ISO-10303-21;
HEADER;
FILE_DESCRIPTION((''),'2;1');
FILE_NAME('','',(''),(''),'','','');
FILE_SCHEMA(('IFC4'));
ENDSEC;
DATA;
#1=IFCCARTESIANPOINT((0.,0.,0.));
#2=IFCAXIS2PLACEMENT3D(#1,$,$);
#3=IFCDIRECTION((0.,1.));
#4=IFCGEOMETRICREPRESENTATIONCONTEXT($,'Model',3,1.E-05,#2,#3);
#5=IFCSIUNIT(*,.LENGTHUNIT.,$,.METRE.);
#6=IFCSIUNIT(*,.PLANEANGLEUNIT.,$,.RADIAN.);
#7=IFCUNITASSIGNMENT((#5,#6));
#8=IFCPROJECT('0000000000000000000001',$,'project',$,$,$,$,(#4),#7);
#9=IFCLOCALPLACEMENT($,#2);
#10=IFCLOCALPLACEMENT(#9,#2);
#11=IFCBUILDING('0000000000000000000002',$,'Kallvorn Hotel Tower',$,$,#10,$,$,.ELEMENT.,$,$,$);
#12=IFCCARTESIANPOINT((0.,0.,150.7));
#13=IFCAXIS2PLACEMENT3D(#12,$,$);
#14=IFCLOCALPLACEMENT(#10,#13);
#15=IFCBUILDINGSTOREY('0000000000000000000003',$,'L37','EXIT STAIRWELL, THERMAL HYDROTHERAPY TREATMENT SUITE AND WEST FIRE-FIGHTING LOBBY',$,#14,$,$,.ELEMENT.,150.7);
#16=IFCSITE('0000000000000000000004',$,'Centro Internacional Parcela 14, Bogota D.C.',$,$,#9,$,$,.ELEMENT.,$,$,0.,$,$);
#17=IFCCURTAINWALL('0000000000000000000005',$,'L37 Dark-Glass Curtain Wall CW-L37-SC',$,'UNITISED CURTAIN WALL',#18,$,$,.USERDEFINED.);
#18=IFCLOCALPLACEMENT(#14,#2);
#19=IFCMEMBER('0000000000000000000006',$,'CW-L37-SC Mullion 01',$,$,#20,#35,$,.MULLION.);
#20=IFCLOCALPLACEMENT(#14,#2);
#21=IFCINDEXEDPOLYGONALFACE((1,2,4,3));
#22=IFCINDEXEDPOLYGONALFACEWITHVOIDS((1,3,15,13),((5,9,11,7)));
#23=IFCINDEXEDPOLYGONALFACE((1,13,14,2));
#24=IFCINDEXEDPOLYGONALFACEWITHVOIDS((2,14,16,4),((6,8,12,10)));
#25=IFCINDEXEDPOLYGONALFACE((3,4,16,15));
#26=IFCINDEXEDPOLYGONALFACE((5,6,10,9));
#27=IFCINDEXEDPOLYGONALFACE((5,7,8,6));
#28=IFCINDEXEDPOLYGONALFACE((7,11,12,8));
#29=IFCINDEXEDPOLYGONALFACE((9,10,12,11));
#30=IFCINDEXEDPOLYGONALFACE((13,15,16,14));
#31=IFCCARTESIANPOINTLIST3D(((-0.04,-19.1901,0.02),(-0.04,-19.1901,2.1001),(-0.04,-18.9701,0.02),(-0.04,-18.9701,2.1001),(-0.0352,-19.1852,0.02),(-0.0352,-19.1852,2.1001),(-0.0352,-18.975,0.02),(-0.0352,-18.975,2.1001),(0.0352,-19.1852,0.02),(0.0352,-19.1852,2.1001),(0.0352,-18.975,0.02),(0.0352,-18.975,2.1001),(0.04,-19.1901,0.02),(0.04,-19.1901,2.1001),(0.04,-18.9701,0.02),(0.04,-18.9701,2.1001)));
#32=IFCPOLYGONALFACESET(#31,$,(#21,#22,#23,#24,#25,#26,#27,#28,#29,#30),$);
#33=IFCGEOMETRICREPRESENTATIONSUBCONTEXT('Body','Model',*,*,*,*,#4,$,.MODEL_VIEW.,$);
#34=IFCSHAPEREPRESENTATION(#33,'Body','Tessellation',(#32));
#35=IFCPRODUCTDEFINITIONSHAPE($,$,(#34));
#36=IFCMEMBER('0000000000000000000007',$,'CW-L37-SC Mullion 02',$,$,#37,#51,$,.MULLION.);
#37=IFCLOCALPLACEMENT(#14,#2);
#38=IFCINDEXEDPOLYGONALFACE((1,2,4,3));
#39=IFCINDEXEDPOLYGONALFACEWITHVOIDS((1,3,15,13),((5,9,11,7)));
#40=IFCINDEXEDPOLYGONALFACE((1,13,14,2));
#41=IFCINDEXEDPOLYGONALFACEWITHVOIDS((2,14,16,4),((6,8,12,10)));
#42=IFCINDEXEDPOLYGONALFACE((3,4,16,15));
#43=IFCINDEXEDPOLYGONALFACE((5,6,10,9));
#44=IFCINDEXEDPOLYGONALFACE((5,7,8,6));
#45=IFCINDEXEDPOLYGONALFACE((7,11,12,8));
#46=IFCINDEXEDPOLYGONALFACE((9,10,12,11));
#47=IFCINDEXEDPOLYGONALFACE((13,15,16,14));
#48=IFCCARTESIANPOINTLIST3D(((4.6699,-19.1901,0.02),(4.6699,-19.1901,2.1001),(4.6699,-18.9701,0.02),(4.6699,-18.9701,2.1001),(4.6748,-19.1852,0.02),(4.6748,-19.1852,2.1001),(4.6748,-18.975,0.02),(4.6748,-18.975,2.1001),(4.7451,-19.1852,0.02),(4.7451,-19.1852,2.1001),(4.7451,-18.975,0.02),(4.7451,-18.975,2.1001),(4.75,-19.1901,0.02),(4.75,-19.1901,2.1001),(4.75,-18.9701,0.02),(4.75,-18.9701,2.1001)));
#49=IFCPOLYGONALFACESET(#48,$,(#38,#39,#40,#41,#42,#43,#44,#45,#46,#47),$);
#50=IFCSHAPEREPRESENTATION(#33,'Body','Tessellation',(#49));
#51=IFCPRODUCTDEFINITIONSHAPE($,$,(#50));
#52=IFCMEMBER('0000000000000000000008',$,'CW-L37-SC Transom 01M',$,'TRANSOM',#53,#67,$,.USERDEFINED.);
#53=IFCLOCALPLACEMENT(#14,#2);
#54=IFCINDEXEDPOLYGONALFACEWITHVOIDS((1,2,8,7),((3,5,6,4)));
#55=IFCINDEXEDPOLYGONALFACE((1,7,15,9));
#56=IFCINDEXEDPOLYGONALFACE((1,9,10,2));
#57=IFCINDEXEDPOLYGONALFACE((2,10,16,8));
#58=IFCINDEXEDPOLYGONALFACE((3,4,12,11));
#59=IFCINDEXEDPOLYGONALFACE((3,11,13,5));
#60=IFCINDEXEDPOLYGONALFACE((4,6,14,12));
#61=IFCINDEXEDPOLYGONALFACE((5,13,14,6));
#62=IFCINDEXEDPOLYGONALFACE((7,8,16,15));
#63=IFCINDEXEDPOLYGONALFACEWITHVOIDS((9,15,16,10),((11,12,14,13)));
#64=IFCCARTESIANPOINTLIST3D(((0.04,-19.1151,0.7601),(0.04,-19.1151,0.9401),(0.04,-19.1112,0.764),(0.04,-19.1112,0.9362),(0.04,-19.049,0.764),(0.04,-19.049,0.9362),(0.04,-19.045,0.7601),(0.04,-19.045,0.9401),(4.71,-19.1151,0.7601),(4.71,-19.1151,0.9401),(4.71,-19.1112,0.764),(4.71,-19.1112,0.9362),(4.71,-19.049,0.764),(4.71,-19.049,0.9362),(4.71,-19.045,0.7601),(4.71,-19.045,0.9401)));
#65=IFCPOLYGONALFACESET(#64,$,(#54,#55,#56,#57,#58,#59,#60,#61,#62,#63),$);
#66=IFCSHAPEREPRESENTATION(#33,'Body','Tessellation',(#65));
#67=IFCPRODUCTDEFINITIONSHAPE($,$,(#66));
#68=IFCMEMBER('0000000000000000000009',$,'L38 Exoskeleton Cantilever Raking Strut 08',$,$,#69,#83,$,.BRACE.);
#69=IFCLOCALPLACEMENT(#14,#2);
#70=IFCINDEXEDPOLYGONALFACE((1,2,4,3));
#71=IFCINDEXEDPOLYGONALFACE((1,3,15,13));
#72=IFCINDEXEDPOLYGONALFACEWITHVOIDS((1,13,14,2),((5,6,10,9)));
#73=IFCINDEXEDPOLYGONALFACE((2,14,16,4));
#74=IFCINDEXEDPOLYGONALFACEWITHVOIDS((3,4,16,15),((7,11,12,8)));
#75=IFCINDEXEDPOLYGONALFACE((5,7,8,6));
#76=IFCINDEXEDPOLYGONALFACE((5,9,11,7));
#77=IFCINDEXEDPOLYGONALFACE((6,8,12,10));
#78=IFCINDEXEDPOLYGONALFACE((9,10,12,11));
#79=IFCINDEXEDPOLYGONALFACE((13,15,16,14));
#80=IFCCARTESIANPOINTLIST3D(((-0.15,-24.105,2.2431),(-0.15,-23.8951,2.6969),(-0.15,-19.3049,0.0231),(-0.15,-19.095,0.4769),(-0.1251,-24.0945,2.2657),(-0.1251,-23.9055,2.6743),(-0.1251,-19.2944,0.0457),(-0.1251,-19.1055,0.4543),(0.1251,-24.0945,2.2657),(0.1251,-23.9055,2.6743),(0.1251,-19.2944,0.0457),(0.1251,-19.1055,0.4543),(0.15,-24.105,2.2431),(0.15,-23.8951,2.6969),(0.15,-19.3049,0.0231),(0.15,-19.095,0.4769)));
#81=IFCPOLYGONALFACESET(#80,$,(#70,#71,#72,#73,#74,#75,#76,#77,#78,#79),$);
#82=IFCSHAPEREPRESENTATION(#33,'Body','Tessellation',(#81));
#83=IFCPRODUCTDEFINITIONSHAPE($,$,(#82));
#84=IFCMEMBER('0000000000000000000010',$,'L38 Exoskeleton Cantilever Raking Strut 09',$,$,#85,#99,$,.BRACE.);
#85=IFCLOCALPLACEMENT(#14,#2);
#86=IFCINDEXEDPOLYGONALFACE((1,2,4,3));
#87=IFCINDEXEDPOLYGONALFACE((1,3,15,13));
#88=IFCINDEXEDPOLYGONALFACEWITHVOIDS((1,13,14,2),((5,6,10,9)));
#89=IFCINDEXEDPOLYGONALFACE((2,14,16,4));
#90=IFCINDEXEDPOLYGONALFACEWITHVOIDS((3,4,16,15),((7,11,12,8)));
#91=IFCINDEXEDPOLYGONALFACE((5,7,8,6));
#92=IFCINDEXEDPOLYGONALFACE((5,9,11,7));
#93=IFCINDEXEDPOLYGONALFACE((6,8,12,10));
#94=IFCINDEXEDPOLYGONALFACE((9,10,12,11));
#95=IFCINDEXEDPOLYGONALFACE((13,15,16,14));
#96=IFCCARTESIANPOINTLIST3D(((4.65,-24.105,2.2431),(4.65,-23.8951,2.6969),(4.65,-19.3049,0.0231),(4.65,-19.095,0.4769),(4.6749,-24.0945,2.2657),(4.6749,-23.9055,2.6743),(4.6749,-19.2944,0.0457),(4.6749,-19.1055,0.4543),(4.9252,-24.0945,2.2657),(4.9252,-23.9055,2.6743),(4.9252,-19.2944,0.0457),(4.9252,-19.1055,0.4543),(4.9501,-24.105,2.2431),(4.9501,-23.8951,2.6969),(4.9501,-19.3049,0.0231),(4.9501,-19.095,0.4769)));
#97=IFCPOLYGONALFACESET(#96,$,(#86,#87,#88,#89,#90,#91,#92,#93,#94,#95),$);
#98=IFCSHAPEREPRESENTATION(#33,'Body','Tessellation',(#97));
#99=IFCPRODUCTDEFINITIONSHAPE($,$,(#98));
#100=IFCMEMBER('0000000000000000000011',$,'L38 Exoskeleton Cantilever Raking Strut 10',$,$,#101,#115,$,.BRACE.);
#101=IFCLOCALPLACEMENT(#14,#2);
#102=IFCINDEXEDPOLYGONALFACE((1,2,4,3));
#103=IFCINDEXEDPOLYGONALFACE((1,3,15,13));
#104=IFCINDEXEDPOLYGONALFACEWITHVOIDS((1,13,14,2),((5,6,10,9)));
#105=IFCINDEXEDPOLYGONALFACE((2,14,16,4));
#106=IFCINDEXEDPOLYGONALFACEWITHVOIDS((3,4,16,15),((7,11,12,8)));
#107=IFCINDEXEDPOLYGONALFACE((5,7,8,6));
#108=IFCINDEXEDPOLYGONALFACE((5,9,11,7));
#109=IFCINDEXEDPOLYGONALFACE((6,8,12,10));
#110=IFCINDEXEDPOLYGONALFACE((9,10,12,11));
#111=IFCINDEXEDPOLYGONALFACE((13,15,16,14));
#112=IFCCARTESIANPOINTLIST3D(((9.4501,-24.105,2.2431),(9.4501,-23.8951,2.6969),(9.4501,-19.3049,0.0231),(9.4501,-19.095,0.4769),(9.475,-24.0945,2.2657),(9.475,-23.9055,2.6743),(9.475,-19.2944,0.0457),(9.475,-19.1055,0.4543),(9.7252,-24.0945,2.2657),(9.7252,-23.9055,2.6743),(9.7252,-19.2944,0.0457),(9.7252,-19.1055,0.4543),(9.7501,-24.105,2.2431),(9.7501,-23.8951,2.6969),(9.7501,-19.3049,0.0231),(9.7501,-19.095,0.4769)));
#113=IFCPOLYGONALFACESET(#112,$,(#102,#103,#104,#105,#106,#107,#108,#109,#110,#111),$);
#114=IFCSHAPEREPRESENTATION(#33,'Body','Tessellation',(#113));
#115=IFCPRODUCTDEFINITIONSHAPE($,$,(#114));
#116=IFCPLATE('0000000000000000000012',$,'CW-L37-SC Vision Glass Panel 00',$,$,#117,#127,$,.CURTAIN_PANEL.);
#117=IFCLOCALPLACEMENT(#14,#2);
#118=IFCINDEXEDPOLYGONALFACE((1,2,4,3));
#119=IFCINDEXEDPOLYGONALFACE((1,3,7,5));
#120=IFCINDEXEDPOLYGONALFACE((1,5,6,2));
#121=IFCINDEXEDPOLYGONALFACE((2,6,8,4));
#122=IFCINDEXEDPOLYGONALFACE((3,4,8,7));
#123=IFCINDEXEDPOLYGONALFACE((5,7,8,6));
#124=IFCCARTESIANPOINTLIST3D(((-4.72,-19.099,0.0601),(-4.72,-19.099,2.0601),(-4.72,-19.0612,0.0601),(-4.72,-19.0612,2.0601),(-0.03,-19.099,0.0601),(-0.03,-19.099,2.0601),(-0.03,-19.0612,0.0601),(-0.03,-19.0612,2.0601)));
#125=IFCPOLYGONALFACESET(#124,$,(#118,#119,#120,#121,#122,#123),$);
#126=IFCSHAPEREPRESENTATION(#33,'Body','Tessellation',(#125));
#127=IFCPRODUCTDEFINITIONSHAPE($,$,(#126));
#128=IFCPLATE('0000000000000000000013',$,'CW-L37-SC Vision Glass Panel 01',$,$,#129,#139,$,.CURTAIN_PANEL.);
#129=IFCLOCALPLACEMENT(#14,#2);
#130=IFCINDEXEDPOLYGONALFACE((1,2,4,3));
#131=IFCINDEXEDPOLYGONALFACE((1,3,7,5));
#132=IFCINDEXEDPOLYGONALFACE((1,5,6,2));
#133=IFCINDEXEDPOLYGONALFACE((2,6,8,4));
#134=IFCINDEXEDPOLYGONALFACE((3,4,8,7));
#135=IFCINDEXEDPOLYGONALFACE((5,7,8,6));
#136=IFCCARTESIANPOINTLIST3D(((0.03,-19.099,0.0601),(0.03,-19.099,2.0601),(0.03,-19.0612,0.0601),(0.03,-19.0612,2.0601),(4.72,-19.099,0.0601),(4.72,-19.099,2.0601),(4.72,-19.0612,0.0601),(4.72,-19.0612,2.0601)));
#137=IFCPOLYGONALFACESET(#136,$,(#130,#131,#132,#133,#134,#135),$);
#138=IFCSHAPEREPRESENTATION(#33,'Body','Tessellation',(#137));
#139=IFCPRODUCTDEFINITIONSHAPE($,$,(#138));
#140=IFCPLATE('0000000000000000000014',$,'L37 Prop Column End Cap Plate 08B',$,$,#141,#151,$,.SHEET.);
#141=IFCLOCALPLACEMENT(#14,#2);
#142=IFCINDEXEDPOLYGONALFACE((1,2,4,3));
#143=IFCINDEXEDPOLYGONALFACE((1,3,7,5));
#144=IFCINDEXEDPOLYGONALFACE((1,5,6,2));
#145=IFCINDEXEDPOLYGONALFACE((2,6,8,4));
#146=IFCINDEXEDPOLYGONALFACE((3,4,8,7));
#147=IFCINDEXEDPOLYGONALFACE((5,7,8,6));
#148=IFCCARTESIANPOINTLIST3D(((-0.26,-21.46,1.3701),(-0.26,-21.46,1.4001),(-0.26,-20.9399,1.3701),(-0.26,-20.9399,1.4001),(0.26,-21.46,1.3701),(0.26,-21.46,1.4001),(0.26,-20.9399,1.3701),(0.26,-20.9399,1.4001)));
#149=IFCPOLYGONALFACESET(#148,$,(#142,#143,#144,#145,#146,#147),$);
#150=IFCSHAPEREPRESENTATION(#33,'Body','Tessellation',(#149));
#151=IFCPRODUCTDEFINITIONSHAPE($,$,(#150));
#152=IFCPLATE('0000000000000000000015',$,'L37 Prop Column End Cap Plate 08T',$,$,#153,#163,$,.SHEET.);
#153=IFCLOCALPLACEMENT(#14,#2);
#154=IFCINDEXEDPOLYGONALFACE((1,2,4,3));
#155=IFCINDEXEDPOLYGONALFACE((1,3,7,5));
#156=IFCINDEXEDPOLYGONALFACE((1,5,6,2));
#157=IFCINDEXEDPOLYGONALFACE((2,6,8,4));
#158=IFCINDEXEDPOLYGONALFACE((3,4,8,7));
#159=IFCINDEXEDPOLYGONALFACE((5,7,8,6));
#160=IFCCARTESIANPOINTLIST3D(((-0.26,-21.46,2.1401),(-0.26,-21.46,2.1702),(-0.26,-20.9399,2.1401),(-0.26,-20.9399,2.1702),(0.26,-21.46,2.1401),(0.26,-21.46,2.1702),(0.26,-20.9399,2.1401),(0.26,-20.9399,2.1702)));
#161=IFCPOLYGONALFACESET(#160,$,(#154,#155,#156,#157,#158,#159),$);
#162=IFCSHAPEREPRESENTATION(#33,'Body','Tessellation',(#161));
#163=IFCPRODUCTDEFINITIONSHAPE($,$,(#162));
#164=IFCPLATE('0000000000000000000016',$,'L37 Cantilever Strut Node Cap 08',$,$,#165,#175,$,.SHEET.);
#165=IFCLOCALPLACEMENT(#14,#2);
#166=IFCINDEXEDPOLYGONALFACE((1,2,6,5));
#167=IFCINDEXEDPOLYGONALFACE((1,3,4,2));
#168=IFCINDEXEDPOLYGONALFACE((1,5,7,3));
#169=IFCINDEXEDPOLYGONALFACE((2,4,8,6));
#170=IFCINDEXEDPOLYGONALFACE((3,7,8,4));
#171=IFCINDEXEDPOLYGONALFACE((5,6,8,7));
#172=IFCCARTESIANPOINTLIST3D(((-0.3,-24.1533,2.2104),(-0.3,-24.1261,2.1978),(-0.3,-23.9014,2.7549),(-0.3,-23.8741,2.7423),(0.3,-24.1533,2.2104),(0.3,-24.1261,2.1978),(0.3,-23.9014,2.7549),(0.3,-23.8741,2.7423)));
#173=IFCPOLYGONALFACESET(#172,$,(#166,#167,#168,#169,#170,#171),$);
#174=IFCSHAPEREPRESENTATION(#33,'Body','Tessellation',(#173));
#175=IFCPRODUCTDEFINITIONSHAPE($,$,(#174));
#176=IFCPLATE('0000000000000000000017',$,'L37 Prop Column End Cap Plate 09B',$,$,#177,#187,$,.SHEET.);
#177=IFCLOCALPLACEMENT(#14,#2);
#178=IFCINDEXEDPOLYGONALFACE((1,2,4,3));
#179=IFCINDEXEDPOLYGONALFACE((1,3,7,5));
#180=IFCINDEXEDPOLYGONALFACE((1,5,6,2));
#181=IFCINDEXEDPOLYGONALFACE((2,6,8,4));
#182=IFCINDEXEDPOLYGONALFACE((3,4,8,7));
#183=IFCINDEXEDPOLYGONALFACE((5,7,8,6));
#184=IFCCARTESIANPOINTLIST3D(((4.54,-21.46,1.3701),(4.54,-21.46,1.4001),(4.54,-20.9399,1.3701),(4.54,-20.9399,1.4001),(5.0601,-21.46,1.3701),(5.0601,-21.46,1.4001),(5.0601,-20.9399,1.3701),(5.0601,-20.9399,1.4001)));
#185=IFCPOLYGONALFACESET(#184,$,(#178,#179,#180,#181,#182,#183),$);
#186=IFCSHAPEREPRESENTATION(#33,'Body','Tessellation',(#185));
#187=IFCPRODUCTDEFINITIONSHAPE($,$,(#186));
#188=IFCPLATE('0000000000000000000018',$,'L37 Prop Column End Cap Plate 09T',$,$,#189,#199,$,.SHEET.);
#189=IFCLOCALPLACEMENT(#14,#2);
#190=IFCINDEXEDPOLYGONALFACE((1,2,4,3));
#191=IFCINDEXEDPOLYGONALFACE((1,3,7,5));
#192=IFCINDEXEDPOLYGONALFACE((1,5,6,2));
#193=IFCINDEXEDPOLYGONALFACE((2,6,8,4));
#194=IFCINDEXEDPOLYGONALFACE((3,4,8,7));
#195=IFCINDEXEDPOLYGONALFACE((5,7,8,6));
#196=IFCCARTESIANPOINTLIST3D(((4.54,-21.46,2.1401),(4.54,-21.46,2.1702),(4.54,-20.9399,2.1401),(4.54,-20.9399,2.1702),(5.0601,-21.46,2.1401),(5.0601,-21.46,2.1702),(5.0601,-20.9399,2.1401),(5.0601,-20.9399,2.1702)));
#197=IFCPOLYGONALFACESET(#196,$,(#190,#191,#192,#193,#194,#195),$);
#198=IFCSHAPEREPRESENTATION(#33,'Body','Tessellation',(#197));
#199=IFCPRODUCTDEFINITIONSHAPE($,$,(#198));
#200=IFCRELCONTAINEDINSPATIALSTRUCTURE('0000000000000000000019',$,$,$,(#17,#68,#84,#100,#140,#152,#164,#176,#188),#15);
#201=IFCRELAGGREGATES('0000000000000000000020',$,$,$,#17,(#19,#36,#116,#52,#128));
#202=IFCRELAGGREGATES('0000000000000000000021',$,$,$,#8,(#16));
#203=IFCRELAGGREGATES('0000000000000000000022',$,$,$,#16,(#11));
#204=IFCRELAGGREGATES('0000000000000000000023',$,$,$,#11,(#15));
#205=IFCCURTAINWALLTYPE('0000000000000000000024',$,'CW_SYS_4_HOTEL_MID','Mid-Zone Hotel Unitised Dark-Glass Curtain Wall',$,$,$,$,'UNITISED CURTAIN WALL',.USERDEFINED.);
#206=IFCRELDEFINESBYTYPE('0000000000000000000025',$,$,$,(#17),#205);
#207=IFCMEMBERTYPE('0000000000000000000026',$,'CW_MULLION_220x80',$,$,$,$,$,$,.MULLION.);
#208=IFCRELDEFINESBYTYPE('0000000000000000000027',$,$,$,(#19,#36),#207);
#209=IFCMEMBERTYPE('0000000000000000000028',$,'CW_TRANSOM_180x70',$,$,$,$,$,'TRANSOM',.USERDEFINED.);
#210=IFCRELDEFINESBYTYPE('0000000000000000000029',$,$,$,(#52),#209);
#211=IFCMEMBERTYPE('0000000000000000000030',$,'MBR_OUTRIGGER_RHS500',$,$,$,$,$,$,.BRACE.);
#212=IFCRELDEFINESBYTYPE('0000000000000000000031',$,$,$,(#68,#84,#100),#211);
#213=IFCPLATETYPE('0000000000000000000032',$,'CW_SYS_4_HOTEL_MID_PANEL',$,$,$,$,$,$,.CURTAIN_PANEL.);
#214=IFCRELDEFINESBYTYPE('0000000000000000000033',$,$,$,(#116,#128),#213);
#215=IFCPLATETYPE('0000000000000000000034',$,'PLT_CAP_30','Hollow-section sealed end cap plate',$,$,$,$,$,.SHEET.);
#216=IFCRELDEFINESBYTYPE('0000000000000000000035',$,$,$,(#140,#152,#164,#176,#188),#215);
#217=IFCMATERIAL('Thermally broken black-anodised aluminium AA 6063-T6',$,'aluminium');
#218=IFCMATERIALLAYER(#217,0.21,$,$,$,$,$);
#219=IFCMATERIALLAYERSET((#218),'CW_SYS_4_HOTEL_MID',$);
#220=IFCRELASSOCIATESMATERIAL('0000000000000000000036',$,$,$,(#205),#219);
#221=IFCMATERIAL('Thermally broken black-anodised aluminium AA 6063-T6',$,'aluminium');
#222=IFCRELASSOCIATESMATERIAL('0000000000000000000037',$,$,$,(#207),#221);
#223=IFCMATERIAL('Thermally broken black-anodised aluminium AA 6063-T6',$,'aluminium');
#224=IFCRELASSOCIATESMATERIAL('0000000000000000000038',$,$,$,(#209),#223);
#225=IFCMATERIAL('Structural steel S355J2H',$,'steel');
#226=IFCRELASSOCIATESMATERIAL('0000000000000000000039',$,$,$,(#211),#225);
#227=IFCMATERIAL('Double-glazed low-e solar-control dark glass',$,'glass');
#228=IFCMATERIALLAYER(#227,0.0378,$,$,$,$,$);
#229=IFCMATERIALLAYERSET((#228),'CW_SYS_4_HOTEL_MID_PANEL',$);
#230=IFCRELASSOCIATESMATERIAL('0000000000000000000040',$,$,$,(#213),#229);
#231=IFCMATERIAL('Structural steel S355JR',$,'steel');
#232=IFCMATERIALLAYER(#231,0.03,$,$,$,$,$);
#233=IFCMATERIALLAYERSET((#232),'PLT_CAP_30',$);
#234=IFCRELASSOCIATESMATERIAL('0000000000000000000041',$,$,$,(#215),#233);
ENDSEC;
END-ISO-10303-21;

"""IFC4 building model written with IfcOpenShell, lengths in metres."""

from ifc_helpers import new_model, si_unit, direction, frame, origin, origin_2d, place, context, subcontext, project, spatial, polyline, rectangle, hollow_rectangle, outline, extrude, material, layer, layer_set, material_profile, profile_set, type_object, element, aggregate, save


model = new_model("IFC4")

# Units and contexts
model_context = context("Model", 3, precision=1e-05, world=origin(), true_north=direction((0.0, 1.0)))
body_context = subcontext(model_context, "Body", "Model", "MODEL_VIEW")
ifc_project = project(units=[si_unit("LENGTHUNIT", "METRE"), si_unit("PLANEANGLEUNIT", "RADIAN")], contexts=[model_context])

# Site, building, storey
site_placement = place(None, origin())
site = spatial("IfcSite", under=ifc_project, at=site_placement, Name="Centro Internacional Parcela 14, Bogota D.C.", CompositionType="ELEMENT", RefElevation=0.0)
building_placement = place(site_placement, origin())
building = spatial("IfcBuilding", under=site, at=building_placement, Name="Kallvorn Hotel Tower", CompositionType="ELEMENT")
storey_placement = place(building_placement, frame((0.0, 0.0, 150.7)))
storey = spatial("IfcBuildingStorey", under=building, at=storey_placement, Name="L37", Description="EXIT STAIRWELL, THERMAL HYDROTHERAPY TREATMENT SUITE AND WEST FIRE-FIGHTING LOBBY", CompositionType="ELEMENT", Elevation=150.7)

# Curtain wall, members
ifc_material_1 = material(Name="Thermally broken black-anodised aluminium AA 6063-T6", Category="aluminium")
ifc_layer_1 = layer(ifc_material_1, 0.21)
ifc_layer_set_1 = layer_set([ifc_layer_1], Name="CW_SYS_4_HOTEL_MID")
curtain_wall_type = type_object("IfcCurtainWallType", Name="CW_SYS_4_HOTEL_MID", Description="Mid-Zone Hotel Unitised Dark-Glass Curtain Wall", ElementType="UNITISED CURTAIN WALL", PredefinedType="USERDEFINED", material=ifc_layer_set_1)
curtain_wall_placement = place(storey_placement, origin())
curtain_wall = element("IfcCurtainWall", 1, at=curtain_wall_placement, inside=storey, type_object=curtain_wall_type, Name="L37 Dark-Glass Curtain Wall CW-L37-SC", ObjectType="UNITISED CURTAIN WALL", PredefinedType="USERDEFINED")
ifc_material_2 = material(Name="Thermally broken black-anodised aluminium AA 6063-T6", Category="aluminium")
ifc_material_profile_1 = material_profile(ifc_material_2, hollow_rectangle(XDim=0.0801, YDim=0.22, WallThickness=0.0049, at=origin_2d()), Name="MUL 220x80")
ifc_profile_set_1 = profile_set([ifc_material_profile_1], Name="Thermally broken black-anodised aluminium AA 6063-T6")
member_type_1 = type_object("IfcMemberType", Name="CW_MULLION_220x80", PredefinedType="MULLION", material=ifc_profile_set_1)
member_1_placement = place(storey_placement, frame((0.0, -19.0801, 0.02), z_axis=(0.0, 0.0, 1.0), x_axis=(1.0, 0.0, 0.0)))
member_1 = element("IfcMember", 2, at=member_1_placement, type_object=member_type_1, Name="CW-L37-SC Mullion 01", PredefinedType="MULLION", context=body_context, shape_type="SweptSolid", body=[
    extrude(hollow_rectangle(XDim=0.0801, YDim=0.22, WallThickness=0.0049, at=origin_2d()), origin(), (0.0, 0.0, 1.0), 2.0801),
])
member_2_placement = place(storey_placement, frame((4.71, -19.0801, 0.02), z_axis=(0.0, 0.0, 1.0), x_axis=(1.0, 0.0, 0.0)))
member_2 = element("IfcMember", 3, at=member_2_placement, type_object=member_type_1, Name="CW-L37-SC Mullion 02", PredefinedType="MULLION", context=body_context, shape_type="SweptSolid", body=[
    extrude(hollow_rectangle(XDim=0.0801, YDim=0.22, WallThickness=0.0049, at=origin_2d()), origin(), (0.0, 0.0, 1.0), 2.0801),
])
ifc_material_3 = material(Name="Thermally broken black-anodised aluminium AA 6063-T6", Category="aluminium")
ifc_material_profile_2 = material_profile(ifc_material_3, hollow_rectangle(XDim=0.0701, YDim=0.1799, WallThickness=0.0039, at=origin_2d()), Name="TRN 180x70")
ifc_profile_set_2 = profile_set([ifc_material_profile_2], Name="Thermally broken black-anodised aluminium AA 6063-T6")
member_type_2 = type_object("IfcMemberType", Name="CW_TRANSOM_180x70", ElementType="TRANSOM", PredefinedType="USERDEFINED", material=ifc_profile_set_2)
member_3_placement = place(storey_placement, frame((0.04, -19.0801, 0.8501), z_axis=(1.0, 0.0, 0.0), x_axis=(0.0, 1.0, 0.0)))
member_3 = element("IfcMember", 4, at=member_3_placement, type_object=member_type_2, Name="CW-L37-SC Transom 01M", ObjectType="TRANSOM", PredefinedType="USERDEFINED", context=body_context, shape_type="SweptSolid", body=[
    extrude(hollow_rectangle(XDim=0.0701, YDim=0.1799, WallThickness=0.0039, at=origin_2d()), origin(), (0.0, 0.0, 1.0), 4.6699),
])

# Members
ifc_material_4 = material(Name="Structural steel S355J2H", Category="steel")
ifc_material_profile_3 = material_profile(ifc_material_4, hollow_rectangle(XDim=0.3, YDim=0.5, WallThickness=0.0249, at=origin_2d()), Name="RHS 500x300x25")
ifc_profile_set_3 = profile_set([ifc_material_profile_3], Name="Structural steel S355J2H")
member_type_3 = type_object("IfcMemberType", Name="MBR_OUTRIGGER_RHS500", PredefinedType="BRACE", material=ifc_profile_set_3)
for number, where, z_axis, x_axis, name in (
    (5, (0.0, -19.2, 0.25), (0.0, -0.907631, 0.419769), (1.0, 0.0, 0.0), "L38 Exoskeleton Cantilever Raking Strut 08"),
    (6, (4.8, -19.2, 0.25), (0.0, -0.907631, 0.419769), (1.0, 0.0, 0.0), "L38 Exoskeleton Cantilever Raking Strut 09"),
    (7, (9.6001, -19.2, 0.25), (0.0, -0.907631, 0.419769), (1.0, 0.0, 0.0), "L38 Exoskeleton Cantilever Raking Strut 10"),
):
    element("IfcMember", number, at=place(storey_placement, frame(where, z_axis=z_axis, x_axis=x_axis)), inside=storey, type_object=member_type_3, Name=name, PredefinedType="BRACE", context=body_context, shape_type="SweptSolid", body=[
        extrude(hollow_rectangle(XDim=0.3, YDim=0.5, WallThickness=0.0249, at=origin_2d()), origin(), (0.0, 0.0, 1.0), 5.2886),
    ])

# Plates
ifc_material_5 = material(Name="Double-glazed low-e solar-control dark glass", Category="glass")
ifc_layer_2 = layer(ifc_material_5, 0.0378)
ifc_layer_set_2 = layer_set([ifc_layer_2], Name="CW_SYS_4_HOTEL_MID_PANEL")
plate_type_1 = type_object("IfcPlateType", Name="CW_SYS_4_HOTEL_MID_PANEL", PredefinedType="CURTAIN_PANEL", material=ifc_layer_set_2)
plate_1_placement = place(storey_placement, frame((-2.375, -19.0801, 0.0601), z_axis=(0.0, 0.0, 1.0), x_axis=(1.0, 0.0, 0.0)))
plate_1 = element("IfcPlate", 8, at=plate_1_placement, type_object=plate_type_1, Name="CW-L37-SC Vision Glass Panel 00", PredefinedType="CURTAIN_PANEL", context=body_context, shape_type="SweptSolid", body=[
    extrude(rectangle(XDim=4.6899, YDim=0.0378, at=origin_2d()), origin(), (0.0, 0.0, 1.0), 2.0),
])
plate_2_placement = place(storey_placement, frame((2.375, -19.0801, 0.0601), z_axis=(0.0, 0.0, 1.0), x_axis=(1.0, 0.0, 0.0)))
plate_2 = element("IfcPlate", 9, at=plate_2_placement, type_object=plate_type_1, Name="CW-L37-SC Vision Glass Panel 01", PredefinedType="CURTAIN_PANEL", context=body_context, shape_type="SweptSolid", body=[
    extrude(rectangle(XDim=4.6899, YDim=0.0378, at=origin_2d()), origin(), (0.0, 0.0, 1.0), 2.0),
])
aggregate(curtain_wall, [member_1, member_2, plate_1, member_3, plate_2])

# Plates
ifc_material_6 = material(Name="Structural steel S355JR", Category="steel")
ifc_layer_3 = layer(ifc_material_6, 0.03)
ifc_layer_set_3 = layer_set([ifc_layer_3], Name="PLT_CAP_30")
plate_type_2 = type_object("IfcPlateType", Name="PLT_CAP_30", Description="Hollow-section sealed end cap plate", PredefinedType="SHEET", material=ifc_layer_set_3)
for number, where, z_axis, x_axis, name in (
    (10, (0.0, -21.2, 1.3701), (0.0, 0.0, 1.0), (1.0, 0.0, 0.0), "L37 Prop Column End Cap Plate 08B"),
    (11, (0.0, -21.2, 2.1401), (0.0, 0.0, 1.0), (1.0, 0.0, 0.0), "L37 Prop Column End Cap Plate 08T"),
):
    element("IfcPlate", number, at=place(storey_placement, frame(where, z_axis=z_axis, x_axis=x_axis)), inside=storey, type_object=plate_type_2, Name=name, PredefinedType="SHEET", context=body_context, shape_type="SweptSolid", body=[
        extrude(rectangle(XDim=0.52, YDim=0.52, at=origin_2d()), origin(), (0.0, 0.0, 1.0), 0.03),
    ])
plate_3_placement = place(storey_placement, frame((-0.3, -24.1533, 2.2104), z_axis=(0.0, -0.90753, 0.419987), x_axis=(1.0, 0.0, 0.0)))
element("IfcPlate", 12, at=plate_3_placement, inside=storey, type_object=plate_type_2, Name="L37 Cantilever Strut Node Cap 08", PredefinedType="SHEET", context=body_context, shape_type="SweptSolid", body=[
    extrude(outline(polyline([(0.0, 0.0), (0.6001, 0.0), (0.6001, 0.5999), (0.0, 0.5999), (0.0, 0.0)])), origin(), (0.0, 0.0, -1.0), 0.03),
])
for number, where, z_axis, x_axis, name in (
    (13, (4.8, -21.2, 1.3701), (0.0, 0.0, 1.0), (1.0, 0.0, 0.0), "L37 Prop Column End Cap Plate 09B"),
    (14, (4.8, -21.2, 2.1401), (0.0, 0.0, 1.0), (1.0, 0.0, 0.0), "L37 Prop Column End Cap Plate 09T"),
):
    element("IfcPlate", number, at=place(storey_placement, frame(where, z_axis=z_axis, x_axis=x_axis)), inside=storey, type_object=plate_type_2, Name=name, PredefinedType="SHEET", context=body_context, shape_type="SweptSolid", body=[
        extrude(rectangle(XDim=0.52, YDim=0.52, at=origin_2d()), origin(), (0.0, 0.0, 1.0), 0.03),
    ])

save(model, "model.ifc")
